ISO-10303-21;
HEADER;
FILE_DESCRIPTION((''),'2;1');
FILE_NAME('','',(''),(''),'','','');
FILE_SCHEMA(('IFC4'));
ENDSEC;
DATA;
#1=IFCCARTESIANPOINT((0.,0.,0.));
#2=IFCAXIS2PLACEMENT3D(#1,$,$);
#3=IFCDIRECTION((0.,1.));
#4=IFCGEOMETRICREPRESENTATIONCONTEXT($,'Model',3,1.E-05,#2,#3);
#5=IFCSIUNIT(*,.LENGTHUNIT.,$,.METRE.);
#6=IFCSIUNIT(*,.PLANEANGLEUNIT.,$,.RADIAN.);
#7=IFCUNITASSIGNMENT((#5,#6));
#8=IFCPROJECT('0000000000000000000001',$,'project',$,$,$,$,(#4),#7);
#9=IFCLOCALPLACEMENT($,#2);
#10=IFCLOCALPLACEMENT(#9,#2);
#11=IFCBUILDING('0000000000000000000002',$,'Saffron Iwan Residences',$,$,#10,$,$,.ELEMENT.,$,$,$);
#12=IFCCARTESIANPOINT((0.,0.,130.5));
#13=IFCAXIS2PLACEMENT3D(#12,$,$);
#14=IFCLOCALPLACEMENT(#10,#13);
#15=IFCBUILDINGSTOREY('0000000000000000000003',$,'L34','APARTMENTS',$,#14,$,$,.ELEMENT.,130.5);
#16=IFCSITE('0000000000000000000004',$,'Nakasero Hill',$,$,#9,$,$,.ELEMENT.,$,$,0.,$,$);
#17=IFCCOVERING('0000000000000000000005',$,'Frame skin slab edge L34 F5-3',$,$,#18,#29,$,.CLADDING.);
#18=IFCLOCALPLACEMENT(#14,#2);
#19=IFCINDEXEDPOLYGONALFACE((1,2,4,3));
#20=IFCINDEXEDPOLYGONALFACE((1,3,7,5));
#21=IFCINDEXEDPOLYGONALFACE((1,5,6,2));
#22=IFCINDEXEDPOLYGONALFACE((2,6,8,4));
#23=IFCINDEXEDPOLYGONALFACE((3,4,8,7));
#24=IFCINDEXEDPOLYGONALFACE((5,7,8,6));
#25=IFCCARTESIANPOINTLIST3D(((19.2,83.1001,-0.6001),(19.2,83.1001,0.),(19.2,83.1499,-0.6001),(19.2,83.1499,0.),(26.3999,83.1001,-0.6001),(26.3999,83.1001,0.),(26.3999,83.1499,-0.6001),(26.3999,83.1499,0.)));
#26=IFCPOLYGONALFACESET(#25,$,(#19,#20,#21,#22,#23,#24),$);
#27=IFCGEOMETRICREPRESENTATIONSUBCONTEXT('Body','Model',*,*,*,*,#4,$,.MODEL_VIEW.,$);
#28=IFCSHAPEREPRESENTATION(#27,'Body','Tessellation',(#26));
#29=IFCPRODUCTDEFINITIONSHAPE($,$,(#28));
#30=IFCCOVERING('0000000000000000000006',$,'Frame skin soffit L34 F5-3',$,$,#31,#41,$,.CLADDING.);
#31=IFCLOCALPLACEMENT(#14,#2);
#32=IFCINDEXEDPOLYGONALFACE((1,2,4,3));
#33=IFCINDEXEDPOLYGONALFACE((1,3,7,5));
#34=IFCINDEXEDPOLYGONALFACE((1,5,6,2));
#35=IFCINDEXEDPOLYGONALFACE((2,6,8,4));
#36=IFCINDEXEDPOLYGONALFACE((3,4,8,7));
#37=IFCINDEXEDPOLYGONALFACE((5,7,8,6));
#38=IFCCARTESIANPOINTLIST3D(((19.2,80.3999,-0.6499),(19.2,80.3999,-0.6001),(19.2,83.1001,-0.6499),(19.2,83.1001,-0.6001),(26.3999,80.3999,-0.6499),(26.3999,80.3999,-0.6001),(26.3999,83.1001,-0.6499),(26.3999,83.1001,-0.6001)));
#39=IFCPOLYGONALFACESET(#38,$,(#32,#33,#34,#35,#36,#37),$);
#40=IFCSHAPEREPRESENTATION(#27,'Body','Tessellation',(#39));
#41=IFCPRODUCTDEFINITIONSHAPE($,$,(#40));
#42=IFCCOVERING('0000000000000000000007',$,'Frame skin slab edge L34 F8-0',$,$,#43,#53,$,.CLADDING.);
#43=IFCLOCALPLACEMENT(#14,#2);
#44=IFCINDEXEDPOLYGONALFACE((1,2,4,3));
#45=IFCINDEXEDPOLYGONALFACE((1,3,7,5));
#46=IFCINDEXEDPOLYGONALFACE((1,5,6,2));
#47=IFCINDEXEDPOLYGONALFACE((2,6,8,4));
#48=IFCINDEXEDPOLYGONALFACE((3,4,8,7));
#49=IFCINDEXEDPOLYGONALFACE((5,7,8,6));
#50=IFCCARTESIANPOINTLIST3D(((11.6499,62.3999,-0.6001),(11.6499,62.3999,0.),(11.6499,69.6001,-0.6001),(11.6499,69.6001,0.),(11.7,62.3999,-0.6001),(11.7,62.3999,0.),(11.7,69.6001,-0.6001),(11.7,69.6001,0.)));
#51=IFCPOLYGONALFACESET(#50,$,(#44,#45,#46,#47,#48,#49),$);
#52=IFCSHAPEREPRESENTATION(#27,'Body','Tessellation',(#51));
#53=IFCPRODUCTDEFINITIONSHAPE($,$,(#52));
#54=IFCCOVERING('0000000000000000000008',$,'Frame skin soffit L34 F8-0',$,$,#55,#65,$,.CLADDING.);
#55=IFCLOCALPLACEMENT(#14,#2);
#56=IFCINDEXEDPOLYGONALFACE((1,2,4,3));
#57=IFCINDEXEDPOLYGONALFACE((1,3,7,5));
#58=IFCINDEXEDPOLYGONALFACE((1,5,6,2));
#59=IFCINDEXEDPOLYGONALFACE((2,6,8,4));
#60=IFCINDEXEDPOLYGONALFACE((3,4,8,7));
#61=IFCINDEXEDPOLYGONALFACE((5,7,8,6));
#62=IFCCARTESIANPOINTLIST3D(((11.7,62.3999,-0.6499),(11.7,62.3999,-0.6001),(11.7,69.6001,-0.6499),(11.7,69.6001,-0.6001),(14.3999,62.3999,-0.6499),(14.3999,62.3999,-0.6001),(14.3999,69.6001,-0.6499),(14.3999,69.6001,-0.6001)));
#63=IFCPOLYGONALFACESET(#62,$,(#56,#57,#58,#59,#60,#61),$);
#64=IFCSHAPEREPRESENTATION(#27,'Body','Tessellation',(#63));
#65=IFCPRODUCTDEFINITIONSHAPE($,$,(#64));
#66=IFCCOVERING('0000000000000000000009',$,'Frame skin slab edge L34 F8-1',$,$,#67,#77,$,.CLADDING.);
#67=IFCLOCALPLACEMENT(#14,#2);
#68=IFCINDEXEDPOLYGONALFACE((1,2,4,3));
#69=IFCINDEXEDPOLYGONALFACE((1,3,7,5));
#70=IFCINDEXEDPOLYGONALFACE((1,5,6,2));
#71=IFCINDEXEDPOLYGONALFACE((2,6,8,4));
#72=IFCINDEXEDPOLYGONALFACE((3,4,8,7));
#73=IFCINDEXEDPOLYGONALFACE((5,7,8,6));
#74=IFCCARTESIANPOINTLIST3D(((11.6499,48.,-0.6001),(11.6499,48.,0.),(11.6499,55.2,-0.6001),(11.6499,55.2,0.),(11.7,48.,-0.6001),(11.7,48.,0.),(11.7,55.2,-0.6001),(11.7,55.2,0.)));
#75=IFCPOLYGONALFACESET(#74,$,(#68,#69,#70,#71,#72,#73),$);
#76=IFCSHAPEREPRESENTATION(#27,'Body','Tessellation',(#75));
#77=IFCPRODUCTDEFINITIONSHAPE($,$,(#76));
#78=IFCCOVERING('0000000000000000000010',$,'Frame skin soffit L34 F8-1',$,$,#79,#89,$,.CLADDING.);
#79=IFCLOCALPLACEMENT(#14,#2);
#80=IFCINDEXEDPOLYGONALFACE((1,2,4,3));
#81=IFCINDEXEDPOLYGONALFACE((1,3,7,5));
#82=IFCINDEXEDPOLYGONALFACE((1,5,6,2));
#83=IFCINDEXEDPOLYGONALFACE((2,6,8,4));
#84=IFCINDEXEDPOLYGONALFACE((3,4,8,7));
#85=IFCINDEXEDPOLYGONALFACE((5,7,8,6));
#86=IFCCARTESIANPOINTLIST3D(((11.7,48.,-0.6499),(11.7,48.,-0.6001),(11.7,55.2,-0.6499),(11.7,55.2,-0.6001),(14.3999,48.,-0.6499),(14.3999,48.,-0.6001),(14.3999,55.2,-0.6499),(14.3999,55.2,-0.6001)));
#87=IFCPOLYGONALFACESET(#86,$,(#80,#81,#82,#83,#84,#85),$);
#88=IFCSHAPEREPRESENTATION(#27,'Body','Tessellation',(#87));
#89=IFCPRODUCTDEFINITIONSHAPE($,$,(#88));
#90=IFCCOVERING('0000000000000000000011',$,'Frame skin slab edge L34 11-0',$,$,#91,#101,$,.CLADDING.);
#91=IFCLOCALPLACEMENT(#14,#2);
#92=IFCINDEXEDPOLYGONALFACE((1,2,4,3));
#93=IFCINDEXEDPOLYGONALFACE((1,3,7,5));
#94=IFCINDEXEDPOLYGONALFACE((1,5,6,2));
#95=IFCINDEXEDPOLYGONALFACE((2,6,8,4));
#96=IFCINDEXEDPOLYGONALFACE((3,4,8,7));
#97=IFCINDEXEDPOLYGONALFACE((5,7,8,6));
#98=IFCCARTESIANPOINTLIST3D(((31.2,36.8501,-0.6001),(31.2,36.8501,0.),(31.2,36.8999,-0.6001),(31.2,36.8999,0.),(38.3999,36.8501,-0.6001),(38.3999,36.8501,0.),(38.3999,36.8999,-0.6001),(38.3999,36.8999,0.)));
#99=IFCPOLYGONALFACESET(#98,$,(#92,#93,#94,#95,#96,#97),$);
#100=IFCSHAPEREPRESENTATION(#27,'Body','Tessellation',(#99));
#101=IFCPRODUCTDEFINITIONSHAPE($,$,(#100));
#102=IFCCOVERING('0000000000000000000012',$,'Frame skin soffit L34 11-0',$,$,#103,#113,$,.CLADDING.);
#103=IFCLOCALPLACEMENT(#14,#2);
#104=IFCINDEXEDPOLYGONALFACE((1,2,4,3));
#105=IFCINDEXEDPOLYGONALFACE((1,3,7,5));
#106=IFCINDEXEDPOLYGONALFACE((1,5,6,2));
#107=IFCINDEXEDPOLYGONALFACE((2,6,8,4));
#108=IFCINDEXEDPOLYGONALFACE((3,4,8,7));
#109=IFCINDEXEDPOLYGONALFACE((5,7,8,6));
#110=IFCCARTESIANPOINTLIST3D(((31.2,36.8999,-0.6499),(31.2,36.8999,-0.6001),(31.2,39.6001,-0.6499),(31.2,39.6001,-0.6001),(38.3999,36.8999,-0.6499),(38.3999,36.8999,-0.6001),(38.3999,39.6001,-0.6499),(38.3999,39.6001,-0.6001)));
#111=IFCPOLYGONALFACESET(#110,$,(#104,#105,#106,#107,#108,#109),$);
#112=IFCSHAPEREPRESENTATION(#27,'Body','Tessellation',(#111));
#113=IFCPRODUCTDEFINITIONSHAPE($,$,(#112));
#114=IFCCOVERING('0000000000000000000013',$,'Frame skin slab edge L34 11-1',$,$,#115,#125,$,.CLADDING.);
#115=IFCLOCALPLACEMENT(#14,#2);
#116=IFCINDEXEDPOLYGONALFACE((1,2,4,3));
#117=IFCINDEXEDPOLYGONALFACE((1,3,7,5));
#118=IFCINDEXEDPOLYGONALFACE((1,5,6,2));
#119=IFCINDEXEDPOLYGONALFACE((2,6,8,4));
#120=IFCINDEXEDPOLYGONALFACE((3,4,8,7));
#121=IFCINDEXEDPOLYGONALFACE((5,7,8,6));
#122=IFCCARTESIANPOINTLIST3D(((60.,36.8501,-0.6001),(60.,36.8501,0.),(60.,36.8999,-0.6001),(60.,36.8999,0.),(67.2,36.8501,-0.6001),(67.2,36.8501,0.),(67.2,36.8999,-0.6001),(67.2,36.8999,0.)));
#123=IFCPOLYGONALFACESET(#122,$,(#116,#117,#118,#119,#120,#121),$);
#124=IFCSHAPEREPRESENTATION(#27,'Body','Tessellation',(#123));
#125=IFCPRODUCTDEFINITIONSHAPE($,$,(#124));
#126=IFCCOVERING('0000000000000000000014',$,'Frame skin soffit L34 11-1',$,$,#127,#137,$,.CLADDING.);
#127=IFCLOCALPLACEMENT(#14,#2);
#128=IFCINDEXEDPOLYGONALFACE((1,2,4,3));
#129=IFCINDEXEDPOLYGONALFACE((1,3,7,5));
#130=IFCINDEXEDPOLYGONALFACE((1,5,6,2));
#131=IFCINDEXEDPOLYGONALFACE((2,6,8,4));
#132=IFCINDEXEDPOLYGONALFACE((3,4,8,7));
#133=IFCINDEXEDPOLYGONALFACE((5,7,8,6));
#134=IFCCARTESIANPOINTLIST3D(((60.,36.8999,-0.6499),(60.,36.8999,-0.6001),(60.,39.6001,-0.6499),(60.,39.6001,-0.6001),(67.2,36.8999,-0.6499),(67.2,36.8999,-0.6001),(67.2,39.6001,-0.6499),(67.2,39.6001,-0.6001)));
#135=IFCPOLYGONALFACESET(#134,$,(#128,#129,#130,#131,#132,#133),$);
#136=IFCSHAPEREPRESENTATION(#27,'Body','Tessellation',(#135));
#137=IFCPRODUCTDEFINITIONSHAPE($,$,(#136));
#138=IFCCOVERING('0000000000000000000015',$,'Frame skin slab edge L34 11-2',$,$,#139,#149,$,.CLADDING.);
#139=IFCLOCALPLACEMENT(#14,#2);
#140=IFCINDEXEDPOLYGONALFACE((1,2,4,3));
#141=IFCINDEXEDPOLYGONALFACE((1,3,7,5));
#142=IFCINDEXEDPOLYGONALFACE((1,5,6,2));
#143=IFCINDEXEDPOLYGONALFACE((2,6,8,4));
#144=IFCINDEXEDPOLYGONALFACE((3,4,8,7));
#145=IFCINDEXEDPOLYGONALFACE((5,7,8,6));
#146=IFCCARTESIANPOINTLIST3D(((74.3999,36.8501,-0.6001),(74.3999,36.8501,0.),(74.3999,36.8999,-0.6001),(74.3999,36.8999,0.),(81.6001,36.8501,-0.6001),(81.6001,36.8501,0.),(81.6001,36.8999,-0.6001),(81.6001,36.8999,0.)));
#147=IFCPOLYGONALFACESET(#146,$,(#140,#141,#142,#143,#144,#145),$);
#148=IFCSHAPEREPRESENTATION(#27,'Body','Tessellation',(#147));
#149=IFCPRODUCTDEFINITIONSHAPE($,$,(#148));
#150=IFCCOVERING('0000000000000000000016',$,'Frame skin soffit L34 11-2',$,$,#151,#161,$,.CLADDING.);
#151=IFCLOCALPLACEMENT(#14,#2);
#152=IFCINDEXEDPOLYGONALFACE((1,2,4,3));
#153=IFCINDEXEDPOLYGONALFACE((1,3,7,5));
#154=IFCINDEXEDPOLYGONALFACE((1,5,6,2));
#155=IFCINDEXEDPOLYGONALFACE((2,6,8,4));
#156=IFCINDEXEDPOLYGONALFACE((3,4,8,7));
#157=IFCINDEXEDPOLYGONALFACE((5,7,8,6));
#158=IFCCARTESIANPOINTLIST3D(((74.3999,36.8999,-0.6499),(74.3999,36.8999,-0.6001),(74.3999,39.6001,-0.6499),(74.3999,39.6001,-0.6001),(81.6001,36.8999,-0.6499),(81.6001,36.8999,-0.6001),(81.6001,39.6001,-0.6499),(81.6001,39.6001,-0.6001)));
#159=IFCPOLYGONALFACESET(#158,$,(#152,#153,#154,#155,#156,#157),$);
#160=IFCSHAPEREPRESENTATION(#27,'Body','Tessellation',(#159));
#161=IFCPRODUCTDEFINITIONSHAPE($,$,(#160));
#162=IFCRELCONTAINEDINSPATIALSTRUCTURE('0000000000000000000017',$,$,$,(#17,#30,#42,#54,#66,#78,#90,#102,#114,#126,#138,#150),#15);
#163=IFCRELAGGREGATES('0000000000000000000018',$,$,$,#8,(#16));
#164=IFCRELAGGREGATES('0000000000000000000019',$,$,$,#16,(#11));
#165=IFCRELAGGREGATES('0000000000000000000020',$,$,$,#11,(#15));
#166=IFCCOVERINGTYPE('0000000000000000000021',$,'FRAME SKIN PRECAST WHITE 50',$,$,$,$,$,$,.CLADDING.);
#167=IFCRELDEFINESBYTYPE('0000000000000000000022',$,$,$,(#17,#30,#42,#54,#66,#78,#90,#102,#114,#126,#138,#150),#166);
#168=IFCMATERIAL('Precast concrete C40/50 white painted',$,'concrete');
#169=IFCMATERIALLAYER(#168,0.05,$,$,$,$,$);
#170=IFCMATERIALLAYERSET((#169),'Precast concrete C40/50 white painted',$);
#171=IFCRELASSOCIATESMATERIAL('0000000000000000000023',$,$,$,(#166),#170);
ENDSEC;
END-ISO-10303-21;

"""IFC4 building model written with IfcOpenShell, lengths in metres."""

from ifc_helpers import new_model, si_unit, direction, frame, origin, place, context, subcontext, project, spatial, polyline, outline, extrude, material, layer, layer_set, type_object, element, save


model = new_model("IFC4")

# Units and contexts
model_context = context("Model", 3, precision=1e-05, world=origin(), true_north=direction((0.0, 1.0)))
body_context = subcontext(model_context, "Body", "Model", "MODEL_VIEW")
ifc_project = project(units=[si_unit("LENGTHUNIT", "METRE"), si_unit("PLANEANGLEUNIT", "RADIAN")], contexts=[model_context])

# Site, building, storey
site_placement = place(None, origin())
site = spatial("IfcSite", under=ifc_project, at=site_placement, Name="Nakasero Hill", CompositionType="ELEMENT", RefElevation=0.0)
building_placement = place(site_placement, origin())
building = spatial("IfcBuilding", under=site, at=building_placement, Name="Saffron Iwan Residences", CompositionType="ELEMENT")
storey_placement = place(building_placement, frame((0.0, 0.0, 130.5)))
storey = spatial("IfcBuildingStorey", under=building, at=storey_placement, Name="L34", Description="APARTMENTS", CompositionType="ELEMENT", Elevation=130.5)

# Coverings
ifc_material_1 = material(Name="Precast concrete C40/50 white painted", Category="concrete")
ifc_layer_1 = layer(ifc_material_1, 0.05)
ifc_layer_set_1 = layer_set([ifc_layer_1], Name="Precast concrete C40/50 white painted")
covering_type = type_object("IfcCoveringType", Name="FRAME SKIN PRECAST WHITE 50", PredefinedType="CLADDING", material=ifc_layer_set_1)
covering_1_placement = place(storey_placement, frame((0.0, 0.0, -0.6001)))
element("IfcCovering", 1, at=covering_1_placement, inside=storey, type_object=covering_type, Name="Frame skin slab edge L34 F5-3", PredefinedType="CLADDING", context=body_context, shape_type="SweptSolid", body=[
    extrude(outline(polyline([(26.3999, 83.1499), (19.2, 83.1499), (19.2, 83.1001), (26.3999, 83.1001), (26.3999, 83.1499)])), origin(), (0.0, 0.0, 1.0), 0.6001),
])
covering_2_placement = place(storey_placement, frame((0.0, 0.0, -0.6499)))
element("IfcCovering", 2, at=covering_2_placement, inside=storey, type_object=covering_type, Name="Frame skin soffit L34 F5-3", PredefinedType="CLADDING", context=body_context, shape_type="SweptSolid", body=[
    extrude(outline(polyline([(26.3999, 83.1001), (19.2, 83.1001), (19.2, 80.3999), (26.3999, 80.3999), (26.3999, 83.1001)])), origin(), (0.0, 0.0, 1.0), 0.0498),
])
covering_3_placement = place(storey_placement, frame((0.0, 0.0, -0.6001)))
element("IfcCovering", 3, at=covering_3_placement, inside=storey, type_object=covering_type, Name="Frame skin slab edge L34 F8-0", PredefinedType="CLADDING", context=body_context, shape_type="SweptSolid", body=[
    extrude(outline(polyline([(11.6499, 69.6001), (11.6499, 62.3999), (11.7, 62.3999), (11.7, 69.6001), (11.6499, 69.6001)])), origin(), (0.0, 0.0, 1.0), 0.6001),
])
covering_4_placement = place(storey_placement, frame((0.0, 0.0, -0.6499)))
element("IfcCovering", 4, at=covering_4_placement, inside=storey, type_object=covering_type, Name="Frame skin soffit L34 F8-0", PredefinedType="CLADDING", context=body_context, shape_type="SweptSolid", body=[
    extrude(outline(polyline([(11.7, 69.6001), (11.7, 62.3999), (14.3999, 62.3999), (14.3999, 69.6001), (11.7, 69.6001)])), origin(), (0.0, 0.0, 1.0), 0.0498),
])
covering_5_placement = place(storey_placement, frame((0.0, 0.0, -0.6001)))
element("IfcCovering", 5, at=covering_5_placement, inside=storey, type_object=covering_type, Name="Frame skin slab edge L34 F8-1", PredefinedType="CLADDING", context=body_context, shape_type="SweptSolid", body=[
    extrude(outline(polyline([(11.6499, 55.2), (11.6499, 48.0), (11.7, 48.0), (11.7, 55.2), (11.6499, 55.2)])), origin(), (0.0, 0.0, 1.0), 0.6001),
])
covering_6_placement = place(storey_placement, frame((0.0, 0.0, -0.6499)))
element("IfcCovering", 6, at=covering_6_placement, inside=storey, type_object=covering_type, Name="Frame skin soffit L34 F8-1", PredefinedType="CLADDING", context=body_context, shape_type="SweptSolid", body=[
    extrude(outline(polyline([(11.7, 55.2), (11.7, 48.0), (14.3999, 48.0), (14.3999, 55.2), (11.7, 55.2)])), origin(), (0.0, 0.0, 1.0), 0.0498),
])
covering_7_placement = place(storey_placement, frame((0.0, 0.0, -0.6001)))
element("IfcCovering", 7, at=covering_7_placement, inside=storey, type_object=covering_type, Name="Frame skin slab edge L34 11-0", PredefinedType="CLADDING", context=body_context, shape_type="SweptSolid", body=[
    extrude(outline(polyline([(31.2, 36.8501), (38.3999, 36.8501), (38.3999, 36.8999), (31.2, 36.8999), (31.2, 36.8501)])), origin(), (0.0, 0.0, 1.0), 0.6001),
])
covering_8_placement = place(storey_placement, frame((0.0, 0.0, -0.6499)))
element("IfcCovering", 8, at=covering_8_placement, inside=storey, type_object=covering_type, Name="Frame skin soffit L34 11-0", PredefinedType="CLADDING", context=body_context, shape_type="SweptSolid", body=[
    extrude(outline(polyline([(31.2, 36.8999), (38.3999, 36.8999), (38.3999, 39.6001), (31.2, 39.6001), (31.2, 36.8999)])), origin(), (0.0, 0.0, 1.0), 0.0498),
])
covering_9_placement = place(storey_placement, frame((0.0, 0.0, -0.6001)))
element("IfcCovering", 9, at=covering_9_placement, inside=storey, type_object=covering_type, Name="Frame skin slab edge L34 11-1", PredefinedType="CLADDING", context=body_context, shape_type="SweptSolid", body=[
    extrude(outline(polyline([(60.0, 36.8501), (67.2, 36.8501), (67.2, 36.8999), (60.0, 36.8999), (60.0, 36.8501)])), origin(), (0.0, 0.0, 1.0), 0.6001),
])
covering_10_placement = place(storey_placement, frame((0.0, 0.0, -0.6499)))
element("IfcCovering", 10, at=covering_10_placement, inside=storey, type_object=covering_type, Name="Frame skin soffit L34 11-1", PredefinedType="CLADDING", context=body_context, shape_type="SweptSolid", body=[
    extrude(outline(polyline([(60.0, 36.8999), (67.2, 36.8999), (67.2, 39.6001), (60.0, 39.6001), (60.0, 36.8999)])), origin(), (0.0, 0.0, 1.0), 0.0498),
])
covering_11_placement = place(storey_placement, frame((0.0, 0.0, -0.6001)))
element("IfcCovering", 11, at=covering_11_placement, inside=storey, type_object=covering_type, Name="Frame skin slab edge L34 11-2", PredefinedType="CLADDING", context=body_context, shape_type="SweptSolid", body=[
    extrude(outline(polyline([(74.3999, 36.8501), (81.6001, 36.8501), (81.6001, 36.8999), (74.3999, 36.8999), (74.3999, 36.8501)])), origin(), (0.0, 0.0, 1.0), 0.6001),
])
covering_12_placement = place(storey_placement, frame((0.0, 0.0, -0.6499)))
element("IfcCovering", 12, at=covering_12_placement, inside=storey, type_object=covering_type, Name="Frame skin soffit L34 11-2", PredefinedType="CLADDING", context=body_context, shape_type="SweptSolid", body=[
    extrude(outline(polyline([(74.3999, 36.8999), (81.6001, 36.8999), (81.6001, 39.6001), (74.3999, 39.6001), (74.3999, 36.8999)])), origin(), (0.0, 0.0, 1.0), 0.0498),
])

save(model, "model.ifc")
